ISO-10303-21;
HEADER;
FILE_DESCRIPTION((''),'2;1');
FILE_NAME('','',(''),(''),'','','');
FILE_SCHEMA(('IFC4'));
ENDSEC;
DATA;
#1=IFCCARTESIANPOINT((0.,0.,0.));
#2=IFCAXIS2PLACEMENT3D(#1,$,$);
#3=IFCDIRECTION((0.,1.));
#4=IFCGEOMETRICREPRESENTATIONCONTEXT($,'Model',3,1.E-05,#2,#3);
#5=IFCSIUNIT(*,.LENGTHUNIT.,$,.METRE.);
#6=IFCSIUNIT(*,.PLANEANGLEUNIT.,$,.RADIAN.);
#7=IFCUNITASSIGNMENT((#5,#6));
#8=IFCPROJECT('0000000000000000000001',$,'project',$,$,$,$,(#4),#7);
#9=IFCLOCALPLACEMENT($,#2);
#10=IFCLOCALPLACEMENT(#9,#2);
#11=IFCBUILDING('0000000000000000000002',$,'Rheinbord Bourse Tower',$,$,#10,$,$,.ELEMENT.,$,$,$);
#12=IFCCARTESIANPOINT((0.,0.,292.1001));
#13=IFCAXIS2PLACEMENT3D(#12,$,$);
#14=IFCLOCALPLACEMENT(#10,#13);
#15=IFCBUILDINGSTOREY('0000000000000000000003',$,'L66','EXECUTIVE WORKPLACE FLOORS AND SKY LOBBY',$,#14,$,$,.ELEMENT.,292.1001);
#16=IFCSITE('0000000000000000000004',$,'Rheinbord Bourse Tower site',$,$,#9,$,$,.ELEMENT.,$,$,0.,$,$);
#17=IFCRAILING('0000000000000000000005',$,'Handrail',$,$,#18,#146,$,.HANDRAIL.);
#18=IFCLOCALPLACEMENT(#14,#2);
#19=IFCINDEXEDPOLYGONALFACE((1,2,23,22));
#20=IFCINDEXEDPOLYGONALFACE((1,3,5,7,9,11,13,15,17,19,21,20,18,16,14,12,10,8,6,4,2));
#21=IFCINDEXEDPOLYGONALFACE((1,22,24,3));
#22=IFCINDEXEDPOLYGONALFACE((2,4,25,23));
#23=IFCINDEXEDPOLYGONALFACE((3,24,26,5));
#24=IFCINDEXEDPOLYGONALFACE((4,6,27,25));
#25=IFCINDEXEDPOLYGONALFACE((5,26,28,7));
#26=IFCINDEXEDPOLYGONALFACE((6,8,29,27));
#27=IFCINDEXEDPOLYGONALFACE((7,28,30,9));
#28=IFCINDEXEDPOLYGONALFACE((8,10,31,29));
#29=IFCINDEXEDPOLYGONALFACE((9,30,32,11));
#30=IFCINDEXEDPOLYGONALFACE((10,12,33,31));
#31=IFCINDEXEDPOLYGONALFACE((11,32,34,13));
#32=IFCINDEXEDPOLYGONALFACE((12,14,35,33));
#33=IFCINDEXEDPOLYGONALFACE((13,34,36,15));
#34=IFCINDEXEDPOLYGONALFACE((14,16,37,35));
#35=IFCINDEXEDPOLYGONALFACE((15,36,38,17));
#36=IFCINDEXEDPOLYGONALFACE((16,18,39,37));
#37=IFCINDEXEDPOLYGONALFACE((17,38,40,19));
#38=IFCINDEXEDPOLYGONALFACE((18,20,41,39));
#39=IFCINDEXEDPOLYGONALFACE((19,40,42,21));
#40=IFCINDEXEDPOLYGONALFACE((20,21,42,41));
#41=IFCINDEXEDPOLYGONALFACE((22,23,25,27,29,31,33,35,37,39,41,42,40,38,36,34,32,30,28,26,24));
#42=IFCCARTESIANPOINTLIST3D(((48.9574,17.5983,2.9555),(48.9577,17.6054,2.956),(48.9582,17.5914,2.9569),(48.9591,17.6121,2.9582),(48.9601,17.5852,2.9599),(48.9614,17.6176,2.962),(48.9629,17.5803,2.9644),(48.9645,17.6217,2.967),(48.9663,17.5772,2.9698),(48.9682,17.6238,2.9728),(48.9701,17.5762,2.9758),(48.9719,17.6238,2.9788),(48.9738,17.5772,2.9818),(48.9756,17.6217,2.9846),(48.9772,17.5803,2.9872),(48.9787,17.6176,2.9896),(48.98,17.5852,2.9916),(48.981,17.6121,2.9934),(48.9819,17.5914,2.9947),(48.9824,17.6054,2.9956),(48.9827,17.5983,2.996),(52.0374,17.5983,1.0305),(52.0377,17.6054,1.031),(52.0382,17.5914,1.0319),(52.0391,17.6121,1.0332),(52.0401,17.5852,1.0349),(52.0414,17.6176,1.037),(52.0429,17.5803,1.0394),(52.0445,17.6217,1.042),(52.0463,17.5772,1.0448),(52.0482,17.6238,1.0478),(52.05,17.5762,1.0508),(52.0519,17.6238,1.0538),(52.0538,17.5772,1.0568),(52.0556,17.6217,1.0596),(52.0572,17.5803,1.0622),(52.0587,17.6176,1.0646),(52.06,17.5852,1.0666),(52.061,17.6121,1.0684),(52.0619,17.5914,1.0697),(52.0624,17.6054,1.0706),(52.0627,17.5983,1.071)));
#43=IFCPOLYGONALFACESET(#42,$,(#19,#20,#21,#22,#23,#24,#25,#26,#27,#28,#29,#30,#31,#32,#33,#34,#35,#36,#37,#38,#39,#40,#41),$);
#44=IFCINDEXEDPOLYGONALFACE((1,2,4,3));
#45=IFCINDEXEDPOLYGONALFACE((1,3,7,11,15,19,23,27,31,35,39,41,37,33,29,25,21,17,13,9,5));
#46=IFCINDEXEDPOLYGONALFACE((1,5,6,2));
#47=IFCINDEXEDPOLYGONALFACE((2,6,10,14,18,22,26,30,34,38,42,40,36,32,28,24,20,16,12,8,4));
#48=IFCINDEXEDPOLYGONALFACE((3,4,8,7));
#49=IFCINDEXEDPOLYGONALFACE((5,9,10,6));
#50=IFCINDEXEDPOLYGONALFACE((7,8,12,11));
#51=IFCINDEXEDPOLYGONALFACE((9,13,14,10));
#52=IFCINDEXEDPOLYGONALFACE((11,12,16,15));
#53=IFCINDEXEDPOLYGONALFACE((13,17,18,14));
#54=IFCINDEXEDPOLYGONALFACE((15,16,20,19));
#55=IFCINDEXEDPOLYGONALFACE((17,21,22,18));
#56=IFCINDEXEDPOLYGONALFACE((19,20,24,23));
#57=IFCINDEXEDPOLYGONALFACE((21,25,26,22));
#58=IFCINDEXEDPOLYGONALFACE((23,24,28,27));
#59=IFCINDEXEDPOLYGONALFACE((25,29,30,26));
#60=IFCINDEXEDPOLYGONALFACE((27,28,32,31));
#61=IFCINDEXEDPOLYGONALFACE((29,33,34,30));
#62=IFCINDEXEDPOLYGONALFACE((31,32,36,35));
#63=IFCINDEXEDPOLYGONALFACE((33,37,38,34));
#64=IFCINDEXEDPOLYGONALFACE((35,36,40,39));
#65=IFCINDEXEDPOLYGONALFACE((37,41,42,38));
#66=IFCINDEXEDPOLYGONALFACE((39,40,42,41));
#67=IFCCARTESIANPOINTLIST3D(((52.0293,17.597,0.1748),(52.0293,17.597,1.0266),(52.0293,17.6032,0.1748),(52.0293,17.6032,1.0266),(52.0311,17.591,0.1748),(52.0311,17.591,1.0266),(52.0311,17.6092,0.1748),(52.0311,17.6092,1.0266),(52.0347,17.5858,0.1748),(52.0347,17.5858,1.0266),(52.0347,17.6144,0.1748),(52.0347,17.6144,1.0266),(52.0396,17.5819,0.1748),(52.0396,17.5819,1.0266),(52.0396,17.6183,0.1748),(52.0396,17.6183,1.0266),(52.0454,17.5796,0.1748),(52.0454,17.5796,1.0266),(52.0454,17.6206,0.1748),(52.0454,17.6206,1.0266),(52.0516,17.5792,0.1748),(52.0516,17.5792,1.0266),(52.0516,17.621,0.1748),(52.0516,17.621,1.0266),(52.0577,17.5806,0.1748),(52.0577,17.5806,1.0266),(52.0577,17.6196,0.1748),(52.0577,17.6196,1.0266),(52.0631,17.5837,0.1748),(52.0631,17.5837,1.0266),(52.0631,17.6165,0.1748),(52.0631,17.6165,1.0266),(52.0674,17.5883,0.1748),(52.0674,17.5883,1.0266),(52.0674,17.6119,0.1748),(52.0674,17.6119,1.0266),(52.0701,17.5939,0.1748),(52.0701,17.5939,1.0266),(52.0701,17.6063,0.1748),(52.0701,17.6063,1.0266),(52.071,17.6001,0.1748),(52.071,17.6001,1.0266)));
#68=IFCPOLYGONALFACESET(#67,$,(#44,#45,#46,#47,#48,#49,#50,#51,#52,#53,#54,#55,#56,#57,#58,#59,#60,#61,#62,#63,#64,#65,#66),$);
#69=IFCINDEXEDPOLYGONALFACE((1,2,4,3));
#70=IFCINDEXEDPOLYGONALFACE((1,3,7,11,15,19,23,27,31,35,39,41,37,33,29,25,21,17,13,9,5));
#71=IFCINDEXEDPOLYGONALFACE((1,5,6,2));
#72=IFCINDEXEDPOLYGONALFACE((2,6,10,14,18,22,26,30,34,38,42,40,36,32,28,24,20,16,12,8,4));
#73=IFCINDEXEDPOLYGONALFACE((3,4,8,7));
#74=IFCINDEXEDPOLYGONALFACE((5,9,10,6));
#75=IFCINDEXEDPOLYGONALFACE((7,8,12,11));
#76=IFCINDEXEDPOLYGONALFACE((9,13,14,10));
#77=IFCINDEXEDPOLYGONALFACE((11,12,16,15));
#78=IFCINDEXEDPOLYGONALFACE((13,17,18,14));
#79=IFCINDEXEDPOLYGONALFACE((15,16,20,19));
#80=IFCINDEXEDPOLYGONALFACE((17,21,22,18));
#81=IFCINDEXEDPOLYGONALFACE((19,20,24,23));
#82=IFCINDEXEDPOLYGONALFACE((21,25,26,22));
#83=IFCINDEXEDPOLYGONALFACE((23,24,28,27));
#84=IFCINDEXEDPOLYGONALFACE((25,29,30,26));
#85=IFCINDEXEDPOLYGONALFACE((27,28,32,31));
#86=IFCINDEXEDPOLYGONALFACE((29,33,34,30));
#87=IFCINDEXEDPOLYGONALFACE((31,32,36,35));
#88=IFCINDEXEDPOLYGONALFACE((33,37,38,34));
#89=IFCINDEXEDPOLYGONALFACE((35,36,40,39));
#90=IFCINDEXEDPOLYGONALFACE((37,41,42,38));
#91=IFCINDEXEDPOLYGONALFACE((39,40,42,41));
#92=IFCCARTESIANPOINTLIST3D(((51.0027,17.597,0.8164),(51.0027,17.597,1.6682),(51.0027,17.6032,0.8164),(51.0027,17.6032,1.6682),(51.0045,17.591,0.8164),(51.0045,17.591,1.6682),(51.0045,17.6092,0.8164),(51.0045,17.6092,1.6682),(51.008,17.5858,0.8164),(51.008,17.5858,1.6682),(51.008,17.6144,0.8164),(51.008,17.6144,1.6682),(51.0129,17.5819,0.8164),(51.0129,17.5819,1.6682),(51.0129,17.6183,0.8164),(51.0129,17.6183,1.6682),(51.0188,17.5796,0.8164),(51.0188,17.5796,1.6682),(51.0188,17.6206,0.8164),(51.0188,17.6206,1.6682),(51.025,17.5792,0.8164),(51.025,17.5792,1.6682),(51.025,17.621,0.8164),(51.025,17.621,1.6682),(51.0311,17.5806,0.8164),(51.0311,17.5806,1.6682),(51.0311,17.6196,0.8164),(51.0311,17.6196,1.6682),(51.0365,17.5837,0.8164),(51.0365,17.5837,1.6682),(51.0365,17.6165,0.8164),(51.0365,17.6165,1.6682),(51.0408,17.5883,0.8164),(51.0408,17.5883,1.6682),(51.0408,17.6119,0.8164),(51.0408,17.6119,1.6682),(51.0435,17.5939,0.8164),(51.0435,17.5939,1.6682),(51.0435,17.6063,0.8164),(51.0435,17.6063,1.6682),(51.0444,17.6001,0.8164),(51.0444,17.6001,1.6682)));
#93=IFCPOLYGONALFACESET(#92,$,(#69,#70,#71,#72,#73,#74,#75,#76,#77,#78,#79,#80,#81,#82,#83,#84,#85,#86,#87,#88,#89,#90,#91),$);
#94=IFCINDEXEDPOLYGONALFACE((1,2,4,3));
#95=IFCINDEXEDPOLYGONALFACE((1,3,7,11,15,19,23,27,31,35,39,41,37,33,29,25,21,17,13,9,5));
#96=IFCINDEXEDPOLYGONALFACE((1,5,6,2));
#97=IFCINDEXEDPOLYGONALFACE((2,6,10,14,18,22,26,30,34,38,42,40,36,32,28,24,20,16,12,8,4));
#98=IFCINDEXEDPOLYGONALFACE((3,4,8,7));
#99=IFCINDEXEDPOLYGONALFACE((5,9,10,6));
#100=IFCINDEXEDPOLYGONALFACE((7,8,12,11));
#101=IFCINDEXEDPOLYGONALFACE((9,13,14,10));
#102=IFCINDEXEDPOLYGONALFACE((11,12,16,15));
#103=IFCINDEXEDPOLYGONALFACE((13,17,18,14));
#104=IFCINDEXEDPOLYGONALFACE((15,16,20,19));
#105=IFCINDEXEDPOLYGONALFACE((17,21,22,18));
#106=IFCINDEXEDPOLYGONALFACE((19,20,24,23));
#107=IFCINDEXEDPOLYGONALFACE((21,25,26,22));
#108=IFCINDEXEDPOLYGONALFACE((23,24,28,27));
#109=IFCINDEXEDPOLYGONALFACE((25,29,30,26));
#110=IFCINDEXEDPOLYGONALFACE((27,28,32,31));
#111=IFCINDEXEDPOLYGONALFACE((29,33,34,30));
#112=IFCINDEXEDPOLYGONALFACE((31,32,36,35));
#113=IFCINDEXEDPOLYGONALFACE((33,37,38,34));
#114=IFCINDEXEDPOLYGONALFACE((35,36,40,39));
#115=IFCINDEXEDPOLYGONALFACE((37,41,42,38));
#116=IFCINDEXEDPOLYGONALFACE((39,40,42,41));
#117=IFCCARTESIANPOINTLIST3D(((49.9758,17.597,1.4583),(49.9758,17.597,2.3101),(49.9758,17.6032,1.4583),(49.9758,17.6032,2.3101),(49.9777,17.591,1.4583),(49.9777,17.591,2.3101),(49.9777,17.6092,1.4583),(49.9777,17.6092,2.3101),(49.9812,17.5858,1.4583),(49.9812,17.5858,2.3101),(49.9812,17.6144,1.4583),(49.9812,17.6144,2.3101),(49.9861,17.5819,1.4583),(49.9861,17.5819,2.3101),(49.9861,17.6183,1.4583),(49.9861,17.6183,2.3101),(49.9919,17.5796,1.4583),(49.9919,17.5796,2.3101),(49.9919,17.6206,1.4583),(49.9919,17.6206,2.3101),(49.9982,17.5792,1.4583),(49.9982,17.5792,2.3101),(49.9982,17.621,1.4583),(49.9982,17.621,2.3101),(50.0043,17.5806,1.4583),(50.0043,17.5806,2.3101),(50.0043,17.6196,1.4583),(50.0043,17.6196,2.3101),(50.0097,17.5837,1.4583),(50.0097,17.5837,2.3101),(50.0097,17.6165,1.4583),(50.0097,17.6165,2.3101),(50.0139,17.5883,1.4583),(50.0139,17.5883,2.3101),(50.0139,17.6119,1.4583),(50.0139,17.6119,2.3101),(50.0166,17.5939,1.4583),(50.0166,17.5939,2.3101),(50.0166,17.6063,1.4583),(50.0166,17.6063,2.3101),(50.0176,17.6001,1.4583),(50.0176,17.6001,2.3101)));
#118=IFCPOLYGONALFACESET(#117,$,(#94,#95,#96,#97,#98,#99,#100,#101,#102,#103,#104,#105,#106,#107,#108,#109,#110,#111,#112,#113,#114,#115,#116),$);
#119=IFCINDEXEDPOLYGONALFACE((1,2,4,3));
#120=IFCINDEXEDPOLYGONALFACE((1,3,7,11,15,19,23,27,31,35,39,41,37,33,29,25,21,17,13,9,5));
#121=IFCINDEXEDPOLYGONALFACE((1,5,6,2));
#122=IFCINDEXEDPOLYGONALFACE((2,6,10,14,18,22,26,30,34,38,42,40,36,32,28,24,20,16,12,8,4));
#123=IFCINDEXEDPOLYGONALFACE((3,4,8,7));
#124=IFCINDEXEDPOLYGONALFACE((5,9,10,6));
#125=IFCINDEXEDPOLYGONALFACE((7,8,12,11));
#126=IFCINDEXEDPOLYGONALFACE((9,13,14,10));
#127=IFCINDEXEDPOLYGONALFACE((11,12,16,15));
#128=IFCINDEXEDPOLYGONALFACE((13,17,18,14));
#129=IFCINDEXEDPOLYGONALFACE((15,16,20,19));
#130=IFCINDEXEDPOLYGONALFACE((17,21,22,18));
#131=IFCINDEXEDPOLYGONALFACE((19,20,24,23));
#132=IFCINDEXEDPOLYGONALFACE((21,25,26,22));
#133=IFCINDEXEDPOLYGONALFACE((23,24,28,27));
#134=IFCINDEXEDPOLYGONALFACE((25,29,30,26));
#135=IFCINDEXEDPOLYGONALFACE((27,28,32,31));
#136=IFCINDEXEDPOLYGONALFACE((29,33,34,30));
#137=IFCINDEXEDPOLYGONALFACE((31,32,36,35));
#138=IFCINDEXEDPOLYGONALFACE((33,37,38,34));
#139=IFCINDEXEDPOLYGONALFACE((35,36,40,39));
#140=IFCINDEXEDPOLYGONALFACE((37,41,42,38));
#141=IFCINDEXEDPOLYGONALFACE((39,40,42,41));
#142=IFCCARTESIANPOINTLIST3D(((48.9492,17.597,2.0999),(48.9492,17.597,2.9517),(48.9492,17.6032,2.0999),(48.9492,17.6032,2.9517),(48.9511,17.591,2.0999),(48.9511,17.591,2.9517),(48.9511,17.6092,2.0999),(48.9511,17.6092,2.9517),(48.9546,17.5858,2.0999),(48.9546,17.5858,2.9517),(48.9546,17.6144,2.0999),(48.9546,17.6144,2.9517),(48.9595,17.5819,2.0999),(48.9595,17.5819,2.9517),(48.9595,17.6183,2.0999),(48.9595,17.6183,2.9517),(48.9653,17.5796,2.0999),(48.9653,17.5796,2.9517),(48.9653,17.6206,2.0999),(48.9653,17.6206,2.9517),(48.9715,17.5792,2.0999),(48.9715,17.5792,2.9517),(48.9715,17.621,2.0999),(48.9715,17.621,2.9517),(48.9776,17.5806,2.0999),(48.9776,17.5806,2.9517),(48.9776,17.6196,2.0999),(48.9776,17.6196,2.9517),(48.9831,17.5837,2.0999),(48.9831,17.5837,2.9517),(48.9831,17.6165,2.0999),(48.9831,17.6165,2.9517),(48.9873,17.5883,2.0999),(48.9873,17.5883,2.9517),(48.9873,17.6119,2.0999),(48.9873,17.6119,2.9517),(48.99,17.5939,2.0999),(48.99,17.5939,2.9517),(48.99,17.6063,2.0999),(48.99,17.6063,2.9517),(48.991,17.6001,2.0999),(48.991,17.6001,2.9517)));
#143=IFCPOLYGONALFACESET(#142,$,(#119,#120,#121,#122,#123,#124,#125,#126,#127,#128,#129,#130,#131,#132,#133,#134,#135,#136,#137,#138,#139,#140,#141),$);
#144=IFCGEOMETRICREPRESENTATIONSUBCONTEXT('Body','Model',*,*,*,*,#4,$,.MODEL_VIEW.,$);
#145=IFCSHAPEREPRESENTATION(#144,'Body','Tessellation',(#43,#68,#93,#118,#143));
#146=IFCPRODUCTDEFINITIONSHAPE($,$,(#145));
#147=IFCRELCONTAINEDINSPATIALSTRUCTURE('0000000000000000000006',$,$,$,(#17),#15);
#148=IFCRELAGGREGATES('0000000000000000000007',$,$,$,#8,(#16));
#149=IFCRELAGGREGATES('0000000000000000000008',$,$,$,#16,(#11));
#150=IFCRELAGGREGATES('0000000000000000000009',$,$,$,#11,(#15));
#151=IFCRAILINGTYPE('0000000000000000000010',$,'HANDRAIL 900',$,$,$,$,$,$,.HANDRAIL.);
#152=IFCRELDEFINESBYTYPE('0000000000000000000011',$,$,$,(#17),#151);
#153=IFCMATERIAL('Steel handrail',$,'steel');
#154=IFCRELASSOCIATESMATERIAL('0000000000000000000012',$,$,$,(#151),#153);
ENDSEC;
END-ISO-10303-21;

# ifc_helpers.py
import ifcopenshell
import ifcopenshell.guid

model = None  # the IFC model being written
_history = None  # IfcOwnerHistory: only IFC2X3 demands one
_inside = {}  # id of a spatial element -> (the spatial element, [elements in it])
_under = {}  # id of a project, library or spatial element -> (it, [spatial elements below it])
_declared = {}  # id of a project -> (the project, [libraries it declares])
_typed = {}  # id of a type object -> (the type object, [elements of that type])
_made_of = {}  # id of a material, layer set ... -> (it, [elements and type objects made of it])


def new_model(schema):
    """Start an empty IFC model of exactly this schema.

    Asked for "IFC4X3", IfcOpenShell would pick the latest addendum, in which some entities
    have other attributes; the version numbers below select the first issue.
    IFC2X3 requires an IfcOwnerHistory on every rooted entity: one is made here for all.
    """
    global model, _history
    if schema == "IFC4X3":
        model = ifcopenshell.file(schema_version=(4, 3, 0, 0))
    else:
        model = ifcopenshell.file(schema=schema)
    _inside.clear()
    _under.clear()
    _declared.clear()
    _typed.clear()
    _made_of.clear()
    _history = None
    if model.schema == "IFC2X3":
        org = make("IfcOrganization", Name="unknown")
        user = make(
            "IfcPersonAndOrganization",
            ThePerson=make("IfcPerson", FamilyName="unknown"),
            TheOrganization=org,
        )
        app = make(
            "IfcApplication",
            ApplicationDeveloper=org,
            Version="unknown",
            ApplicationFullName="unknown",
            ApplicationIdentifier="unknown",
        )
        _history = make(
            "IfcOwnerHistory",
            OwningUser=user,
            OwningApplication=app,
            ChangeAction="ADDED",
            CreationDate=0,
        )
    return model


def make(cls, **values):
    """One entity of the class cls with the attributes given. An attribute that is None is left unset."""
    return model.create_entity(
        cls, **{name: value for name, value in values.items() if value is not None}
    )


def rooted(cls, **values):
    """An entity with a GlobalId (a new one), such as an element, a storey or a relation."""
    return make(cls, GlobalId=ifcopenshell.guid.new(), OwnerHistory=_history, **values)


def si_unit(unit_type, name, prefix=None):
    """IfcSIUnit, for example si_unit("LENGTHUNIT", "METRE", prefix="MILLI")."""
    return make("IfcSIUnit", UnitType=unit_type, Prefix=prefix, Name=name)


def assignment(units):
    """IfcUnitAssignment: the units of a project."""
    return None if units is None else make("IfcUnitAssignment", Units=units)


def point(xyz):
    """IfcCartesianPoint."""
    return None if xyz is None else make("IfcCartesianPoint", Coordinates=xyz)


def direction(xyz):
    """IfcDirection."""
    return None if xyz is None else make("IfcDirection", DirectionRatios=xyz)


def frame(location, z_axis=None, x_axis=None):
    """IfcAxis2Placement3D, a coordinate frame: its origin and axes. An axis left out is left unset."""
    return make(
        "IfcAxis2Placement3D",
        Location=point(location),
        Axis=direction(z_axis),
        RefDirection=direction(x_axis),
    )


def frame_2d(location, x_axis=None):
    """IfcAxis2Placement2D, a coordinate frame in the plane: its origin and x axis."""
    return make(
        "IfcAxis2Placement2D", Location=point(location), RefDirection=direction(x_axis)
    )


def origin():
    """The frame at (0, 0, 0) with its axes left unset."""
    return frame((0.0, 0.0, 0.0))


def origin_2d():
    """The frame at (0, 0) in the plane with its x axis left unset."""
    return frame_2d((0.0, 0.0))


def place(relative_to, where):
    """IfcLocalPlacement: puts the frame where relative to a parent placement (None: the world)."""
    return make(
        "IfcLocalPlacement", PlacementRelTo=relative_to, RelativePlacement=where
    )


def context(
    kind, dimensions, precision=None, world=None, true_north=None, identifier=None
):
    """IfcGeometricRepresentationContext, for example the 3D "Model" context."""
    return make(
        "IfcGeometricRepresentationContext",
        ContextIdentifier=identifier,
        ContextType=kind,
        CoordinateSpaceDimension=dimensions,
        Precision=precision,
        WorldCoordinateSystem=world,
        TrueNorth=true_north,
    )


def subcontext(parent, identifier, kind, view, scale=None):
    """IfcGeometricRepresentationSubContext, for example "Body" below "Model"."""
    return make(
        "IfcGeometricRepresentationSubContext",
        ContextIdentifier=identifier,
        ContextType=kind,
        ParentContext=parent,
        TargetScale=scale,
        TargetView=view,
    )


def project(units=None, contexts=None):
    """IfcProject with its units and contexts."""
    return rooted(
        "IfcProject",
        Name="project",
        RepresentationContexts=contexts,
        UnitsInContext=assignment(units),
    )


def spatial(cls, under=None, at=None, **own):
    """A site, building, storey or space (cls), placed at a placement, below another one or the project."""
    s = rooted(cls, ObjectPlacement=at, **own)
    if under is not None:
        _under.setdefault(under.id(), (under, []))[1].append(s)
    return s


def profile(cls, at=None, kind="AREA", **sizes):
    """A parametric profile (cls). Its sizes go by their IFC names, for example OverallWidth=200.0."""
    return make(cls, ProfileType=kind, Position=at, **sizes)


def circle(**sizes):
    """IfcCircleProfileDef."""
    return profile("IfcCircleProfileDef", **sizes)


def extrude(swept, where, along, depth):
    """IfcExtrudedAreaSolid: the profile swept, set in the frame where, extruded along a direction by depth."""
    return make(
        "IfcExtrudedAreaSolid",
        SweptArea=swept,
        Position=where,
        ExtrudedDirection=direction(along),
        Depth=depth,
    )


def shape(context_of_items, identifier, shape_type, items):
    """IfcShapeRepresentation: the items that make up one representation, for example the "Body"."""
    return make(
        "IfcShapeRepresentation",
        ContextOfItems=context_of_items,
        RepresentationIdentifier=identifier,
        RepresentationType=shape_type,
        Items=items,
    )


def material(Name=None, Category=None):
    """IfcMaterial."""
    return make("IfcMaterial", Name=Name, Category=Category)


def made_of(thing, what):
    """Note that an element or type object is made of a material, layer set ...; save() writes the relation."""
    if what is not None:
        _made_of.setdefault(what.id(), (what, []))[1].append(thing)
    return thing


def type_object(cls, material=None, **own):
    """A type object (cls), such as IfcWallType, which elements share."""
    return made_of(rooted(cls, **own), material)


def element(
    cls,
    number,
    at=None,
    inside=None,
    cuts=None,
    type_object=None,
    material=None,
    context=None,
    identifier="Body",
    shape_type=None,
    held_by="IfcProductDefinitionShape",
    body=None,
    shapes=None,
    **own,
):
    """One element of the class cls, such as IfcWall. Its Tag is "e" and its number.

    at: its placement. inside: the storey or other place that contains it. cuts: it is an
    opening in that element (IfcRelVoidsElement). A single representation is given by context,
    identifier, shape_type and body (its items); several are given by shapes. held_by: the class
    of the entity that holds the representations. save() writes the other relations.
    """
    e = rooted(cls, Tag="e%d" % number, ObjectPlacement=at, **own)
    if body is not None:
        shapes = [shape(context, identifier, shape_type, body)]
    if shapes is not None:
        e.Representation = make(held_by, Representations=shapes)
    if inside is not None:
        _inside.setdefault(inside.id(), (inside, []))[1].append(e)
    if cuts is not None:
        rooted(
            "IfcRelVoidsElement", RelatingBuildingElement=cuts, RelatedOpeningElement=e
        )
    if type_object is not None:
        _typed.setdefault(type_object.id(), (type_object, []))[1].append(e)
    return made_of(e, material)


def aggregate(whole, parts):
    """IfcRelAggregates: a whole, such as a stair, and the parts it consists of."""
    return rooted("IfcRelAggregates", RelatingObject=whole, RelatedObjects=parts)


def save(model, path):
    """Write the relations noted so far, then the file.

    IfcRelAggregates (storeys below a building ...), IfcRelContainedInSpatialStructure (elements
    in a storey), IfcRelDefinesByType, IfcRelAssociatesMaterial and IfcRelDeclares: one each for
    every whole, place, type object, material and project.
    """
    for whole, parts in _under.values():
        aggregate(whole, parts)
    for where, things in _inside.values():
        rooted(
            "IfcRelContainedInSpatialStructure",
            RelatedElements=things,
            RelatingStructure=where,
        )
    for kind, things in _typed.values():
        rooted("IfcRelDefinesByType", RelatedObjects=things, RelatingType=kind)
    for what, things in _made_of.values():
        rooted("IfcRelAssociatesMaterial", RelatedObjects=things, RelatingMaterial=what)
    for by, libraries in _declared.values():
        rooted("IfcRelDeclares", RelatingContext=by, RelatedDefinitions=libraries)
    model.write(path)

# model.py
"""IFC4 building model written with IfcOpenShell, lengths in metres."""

from ifc_helpers import new_model, si_unit, direction, frame, origin, origin_2d, place, context, subcontext, project, spatial, circle, extrude, material, type_object, element, save


model = new_model("IFC4")

# Units and contexts
model_context = context("Model", 3, precision=1e-05, world=origin(), true_north=direction((0.0, 1.0)))
body_context = subcontext(model_context, "Body", "Model", "MODEL_VIEW")
ifc_project = project(units=[si_unit("LENGTHUNIT", "METRE"), si_unit("PLANEANGLEUNIT", "RADIAN")], contexts=[model_context])

# Site, building, storey
site_placement = place(None, origin())
site = spatial("IfcSite", under=ifc_project, at=site_placement, Name="Rheinbord Bourse Tower site", CompositionType="ELEMENT", RefElevation=0.0)
building_placement = place(site_placement, origin())
building = spatial("IfcBuilding", under=site, at=building_placement, Name="Rheinbord Bourse Tower", CompositionType="ELEMENT")
storey_placement = place(building_placement, frame((0.0, 0.0, 292.1001)))
storey = spatial("IfcBuildingStorey", under=building, at=storey_placement, Name="L66", Description="EXECUTIVE WORKPLACE FLOORS AND SKY LOBBY", CompositionType="ELEMENT", Elevation=292.1001)

# Railing
ifc_material_1 = material(Name="Steel handrail", Category="steel")
railing_type = type_object("IfcRailingType", Name="HANDRAIL 900", PredefinedType="HANDRAIL", material=ifc_material_1)
railing_1_placement = place(storey_placement, frame((52.05, 17.6001, 0.1748)))
element("IfcRailing", 1, at=railing_1_placement, inside=storey, type_object=railing_type, Name="Handrail", PredefinedType="HANDRAIL", context=body_context, shape_type="SweptSolid", body=[
    extrude(circle(Radius=0.0239, at=origin_2d()), frame((0.0, 0.0, 0.876), z_axis=(-0.847998, 0.0, 0.529999), x_axis=(0.0, -1.0, 0.0)), (0.0, 0.0, 1.0), 3.6321),
    extrude(circle(Radius=0.021, at=origin_2d()), origin(), (0.0, 0.0, 1.0), 0.8518),
    extrude(circle(Radius=0.021, at=origin_2d()), frame((-1.0266, 0.0, 0.6416)), (0.0, 0.0, 1.0), 0.8518),
    extrude(circle(Radius=0.021, at=origin_2d()), frame((-2.0535, 0.0, 1.2834)), (0.0, 0.0, 1.0), 0.8518),
    extrude(circle(Radius=0.021, at=origin_2d()), frame((-3.0801, 0.0, 1.925)), (0.0, 0.0, 1.0), 0.8518),
])

save(model, "model.ifc")
